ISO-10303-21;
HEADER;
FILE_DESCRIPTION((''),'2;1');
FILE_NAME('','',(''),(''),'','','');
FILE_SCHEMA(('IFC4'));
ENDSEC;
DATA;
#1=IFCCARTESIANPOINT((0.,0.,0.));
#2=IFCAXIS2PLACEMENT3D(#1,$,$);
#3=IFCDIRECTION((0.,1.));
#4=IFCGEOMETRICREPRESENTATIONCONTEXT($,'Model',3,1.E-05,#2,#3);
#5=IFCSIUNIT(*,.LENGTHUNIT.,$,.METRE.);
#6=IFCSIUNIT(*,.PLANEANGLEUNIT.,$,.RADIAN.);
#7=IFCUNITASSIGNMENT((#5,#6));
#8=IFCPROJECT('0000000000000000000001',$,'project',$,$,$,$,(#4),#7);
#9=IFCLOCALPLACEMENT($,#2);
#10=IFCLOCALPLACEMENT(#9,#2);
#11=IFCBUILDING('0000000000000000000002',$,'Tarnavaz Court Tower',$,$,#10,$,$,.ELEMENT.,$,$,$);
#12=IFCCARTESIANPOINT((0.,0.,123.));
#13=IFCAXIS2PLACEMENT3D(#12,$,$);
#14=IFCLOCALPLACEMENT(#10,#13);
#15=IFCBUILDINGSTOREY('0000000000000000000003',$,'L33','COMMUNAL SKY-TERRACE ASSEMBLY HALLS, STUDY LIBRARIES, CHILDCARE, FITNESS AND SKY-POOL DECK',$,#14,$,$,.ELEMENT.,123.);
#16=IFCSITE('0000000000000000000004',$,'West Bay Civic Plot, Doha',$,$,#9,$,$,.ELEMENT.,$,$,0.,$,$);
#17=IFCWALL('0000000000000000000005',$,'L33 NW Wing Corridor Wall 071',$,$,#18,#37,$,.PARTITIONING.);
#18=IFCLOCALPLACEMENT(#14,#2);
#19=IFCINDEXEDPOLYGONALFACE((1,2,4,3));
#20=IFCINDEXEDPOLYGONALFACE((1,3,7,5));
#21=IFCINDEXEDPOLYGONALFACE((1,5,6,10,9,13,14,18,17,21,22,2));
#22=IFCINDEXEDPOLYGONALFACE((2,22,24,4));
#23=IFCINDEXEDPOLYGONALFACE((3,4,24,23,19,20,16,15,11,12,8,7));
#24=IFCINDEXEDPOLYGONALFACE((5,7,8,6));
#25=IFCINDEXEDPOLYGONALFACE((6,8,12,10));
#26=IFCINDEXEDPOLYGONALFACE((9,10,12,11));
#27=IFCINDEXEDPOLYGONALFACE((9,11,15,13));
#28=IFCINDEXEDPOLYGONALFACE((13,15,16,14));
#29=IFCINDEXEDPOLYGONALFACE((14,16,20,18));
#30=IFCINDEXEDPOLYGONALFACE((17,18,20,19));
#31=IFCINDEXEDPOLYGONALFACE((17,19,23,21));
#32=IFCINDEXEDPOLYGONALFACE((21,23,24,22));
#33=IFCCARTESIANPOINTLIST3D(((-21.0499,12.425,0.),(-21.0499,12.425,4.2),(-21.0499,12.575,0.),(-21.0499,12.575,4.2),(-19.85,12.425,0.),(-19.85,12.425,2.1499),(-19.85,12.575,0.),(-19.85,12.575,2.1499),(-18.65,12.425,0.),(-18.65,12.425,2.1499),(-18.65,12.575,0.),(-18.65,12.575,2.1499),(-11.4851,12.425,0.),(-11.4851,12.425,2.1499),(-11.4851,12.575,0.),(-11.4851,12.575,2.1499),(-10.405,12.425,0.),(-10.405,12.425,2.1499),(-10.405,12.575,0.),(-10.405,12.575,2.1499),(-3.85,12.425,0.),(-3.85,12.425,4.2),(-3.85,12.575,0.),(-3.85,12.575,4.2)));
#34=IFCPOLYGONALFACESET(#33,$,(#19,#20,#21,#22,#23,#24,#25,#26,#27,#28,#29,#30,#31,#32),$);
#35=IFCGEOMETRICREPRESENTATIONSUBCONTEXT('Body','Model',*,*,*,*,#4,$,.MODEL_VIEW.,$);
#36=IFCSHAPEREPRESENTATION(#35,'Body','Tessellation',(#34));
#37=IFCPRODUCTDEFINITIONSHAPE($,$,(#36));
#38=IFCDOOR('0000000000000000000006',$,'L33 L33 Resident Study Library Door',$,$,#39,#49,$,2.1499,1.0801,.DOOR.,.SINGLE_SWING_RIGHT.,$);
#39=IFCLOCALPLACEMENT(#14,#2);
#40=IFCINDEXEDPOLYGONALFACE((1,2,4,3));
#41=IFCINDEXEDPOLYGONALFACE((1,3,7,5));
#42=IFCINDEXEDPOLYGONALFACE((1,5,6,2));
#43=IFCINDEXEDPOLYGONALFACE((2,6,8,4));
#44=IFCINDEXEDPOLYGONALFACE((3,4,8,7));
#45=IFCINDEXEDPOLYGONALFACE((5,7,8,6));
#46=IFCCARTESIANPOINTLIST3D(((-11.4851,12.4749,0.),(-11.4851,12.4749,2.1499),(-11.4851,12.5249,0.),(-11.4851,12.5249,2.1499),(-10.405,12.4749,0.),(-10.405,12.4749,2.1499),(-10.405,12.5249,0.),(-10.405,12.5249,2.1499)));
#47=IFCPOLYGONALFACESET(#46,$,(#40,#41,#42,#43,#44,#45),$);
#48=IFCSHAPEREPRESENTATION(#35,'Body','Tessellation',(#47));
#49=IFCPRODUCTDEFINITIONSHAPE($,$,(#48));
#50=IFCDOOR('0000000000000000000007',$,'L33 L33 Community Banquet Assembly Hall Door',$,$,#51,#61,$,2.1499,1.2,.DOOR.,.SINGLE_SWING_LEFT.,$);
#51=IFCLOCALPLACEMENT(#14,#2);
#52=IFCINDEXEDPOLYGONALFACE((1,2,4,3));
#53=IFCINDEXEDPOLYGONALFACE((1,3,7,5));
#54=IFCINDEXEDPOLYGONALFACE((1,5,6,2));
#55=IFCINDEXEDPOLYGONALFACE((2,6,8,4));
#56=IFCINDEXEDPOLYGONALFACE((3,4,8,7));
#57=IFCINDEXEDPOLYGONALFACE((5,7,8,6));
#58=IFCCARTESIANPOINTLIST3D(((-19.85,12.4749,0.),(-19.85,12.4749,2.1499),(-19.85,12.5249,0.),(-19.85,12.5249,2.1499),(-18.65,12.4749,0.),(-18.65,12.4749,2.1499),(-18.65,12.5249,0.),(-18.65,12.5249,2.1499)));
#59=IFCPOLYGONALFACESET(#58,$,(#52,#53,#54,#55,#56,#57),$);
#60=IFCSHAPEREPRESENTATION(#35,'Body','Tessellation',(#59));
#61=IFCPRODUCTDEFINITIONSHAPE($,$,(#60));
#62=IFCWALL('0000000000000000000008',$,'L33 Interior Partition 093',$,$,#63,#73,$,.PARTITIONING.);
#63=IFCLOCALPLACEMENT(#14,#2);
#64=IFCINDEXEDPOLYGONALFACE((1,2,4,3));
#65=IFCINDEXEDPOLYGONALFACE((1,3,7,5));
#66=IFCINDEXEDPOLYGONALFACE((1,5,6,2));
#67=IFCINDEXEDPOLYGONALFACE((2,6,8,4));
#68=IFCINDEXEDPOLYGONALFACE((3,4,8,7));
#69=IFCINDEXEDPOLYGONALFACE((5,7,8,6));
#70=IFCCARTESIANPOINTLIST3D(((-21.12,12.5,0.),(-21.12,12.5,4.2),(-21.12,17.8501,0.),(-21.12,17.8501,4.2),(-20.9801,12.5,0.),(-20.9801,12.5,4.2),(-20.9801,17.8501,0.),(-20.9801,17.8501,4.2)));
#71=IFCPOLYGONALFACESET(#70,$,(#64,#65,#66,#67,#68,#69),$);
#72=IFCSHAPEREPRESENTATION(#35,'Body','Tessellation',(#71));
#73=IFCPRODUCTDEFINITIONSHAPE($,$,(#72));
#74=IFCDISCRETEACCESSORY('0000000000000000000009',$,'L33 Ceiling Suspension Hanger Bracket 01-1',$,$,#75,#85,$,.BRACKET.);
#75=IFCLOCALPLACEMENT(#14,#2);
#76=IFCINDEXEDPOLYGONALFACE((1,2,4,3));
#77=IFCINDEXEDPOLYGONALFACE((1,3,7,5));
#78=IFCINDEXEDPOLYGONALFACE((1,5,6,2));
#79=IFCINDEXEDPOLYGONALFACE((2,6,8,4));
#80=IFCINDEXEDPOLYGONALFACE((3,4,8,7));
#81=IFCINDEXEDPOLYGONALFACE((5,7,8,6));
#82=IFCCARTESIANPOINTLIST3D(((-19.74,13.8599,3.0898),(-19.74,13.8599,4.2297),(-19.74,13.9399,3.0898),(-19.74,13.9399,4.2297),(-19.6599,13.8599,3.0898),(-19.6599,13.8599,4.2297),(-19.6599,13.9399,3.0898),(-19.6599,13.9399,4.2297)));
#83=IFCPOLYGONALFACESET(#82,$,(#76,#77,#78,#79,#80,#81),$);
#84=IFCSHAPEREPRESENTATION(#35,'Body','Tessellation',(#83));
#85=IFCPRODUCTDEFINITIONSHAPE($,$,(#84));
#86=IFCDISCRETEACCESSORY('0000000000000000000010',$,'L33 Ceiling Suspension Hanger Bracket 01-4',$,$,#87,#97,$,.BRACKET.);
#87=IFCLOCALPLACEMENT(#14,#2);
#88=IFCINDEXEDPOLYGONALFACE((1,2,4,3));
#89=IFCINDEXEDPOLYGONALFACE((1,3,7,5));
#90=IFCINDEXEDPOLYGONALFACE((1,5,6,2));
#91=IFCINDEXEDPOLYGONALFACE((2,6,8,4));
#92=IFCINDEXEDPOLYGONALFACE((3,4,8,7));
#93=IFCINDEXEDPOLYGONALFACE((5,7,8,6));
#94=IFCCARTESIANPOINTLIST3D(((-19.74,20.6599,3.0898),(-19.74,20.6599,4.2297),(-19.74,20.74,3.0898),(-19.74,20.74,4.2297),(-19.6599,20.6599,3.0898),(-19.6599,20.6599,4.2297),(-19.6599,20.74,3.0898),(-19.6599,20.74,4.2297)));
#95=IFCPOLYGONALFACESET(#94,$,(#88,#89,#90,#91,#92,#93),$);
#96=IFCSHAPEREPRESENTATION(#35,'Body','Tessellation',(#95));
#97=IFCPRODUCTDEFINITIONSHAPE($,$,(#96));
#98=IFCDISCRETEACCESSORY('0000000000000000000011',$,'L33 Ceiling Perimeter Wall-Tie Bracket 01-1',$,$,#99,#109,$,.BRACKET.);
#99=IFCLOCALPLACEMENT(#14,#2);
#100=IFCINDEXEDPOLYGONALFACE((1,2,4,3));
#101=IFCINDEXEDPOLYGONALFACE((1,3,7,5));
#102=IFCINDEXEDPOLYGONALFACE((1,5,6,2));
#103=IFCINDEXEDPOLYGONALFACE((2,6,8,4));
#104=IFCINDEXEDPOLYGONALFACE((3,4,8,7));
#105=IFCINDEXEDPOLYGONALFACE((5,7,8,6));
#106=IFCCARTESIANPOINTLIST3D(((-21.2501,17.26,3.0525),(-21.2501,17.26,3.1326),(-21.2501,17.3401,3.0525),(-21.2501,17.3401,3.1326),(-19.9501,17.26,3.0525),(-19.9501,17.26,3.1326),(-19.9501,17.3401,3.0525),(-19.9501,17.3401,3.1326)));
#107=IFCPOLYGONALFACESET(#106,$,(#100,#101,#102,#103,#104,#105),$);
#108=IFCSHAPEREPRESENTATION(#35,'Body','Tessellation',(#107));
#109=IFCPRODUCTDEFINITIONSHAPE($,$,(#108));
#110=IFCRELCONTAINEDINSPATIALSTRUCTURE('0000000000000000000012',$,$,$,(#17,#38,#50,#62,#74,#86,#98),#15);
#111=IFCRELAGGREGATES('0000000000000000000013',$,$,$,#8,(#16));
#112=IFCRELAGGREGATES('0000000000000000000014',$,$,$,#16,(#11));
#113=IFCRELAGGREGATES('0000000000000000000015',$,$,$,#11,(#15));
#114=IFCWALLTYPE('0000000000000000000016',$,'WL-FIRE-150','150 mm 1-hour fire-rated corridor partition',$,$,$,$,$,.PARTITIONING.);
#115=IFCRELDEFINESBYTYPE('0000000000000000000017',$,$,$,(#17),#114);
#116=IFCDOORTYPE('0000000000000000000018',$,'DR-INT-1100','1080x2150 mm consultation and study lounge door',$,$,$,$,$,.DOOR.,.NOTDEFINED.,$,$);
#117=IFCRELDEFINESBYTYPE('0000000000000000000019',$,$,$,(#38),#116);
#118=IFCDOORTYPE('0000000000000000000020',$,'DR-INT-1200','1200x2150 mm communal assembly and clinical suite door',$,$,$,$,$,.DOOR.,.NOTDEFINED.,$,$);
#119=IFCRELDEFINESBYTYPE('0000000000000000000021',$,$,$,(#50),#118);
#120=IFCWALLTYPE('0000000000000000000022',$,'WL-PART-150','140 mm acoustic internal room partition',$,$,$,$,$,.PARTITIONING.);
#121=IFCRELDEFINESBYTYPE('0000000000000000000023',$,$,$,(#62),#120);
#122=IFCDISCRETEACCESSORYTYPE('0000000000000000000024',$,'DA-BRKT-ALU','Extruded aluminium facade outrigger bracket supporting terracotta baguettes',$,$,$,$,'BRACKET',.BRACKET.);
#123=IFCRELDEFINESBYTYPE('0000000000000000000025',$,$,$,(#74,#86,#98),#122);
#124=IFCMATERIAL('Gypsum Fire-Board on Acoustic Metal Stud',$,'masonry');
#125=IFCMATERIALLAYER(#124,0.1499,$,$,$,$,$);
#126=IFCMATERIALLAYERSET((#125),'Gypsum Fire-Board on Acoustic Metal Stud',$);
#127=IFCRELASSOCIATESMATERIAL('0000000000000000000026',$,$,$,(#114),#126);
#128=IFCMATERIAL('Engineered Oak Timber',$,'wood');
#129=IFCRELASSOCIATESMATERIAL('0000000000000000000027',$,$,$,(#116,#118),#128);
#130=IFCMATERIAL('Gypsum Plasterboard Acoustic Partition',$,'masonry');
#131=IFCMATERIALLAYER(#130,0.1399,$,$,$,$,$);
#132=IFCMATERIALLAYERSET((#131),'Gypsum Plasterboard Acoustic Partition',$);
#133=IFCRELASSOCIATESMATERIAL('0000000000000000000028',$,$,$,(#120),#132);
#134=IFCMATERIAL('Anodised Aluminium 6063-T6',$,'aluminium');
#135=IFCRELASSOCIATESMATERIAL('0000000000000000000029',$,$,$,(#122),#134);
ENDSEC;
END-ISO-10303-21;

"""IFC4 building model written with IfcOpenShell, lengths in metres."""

from ifc_helpers import new_model, si_unit, direction, frame, frame_2d, origin, origin_2d, place, context, subcontext, project, spatial, rectangle, extrude, material, layer, layer_set, type_object, element, fill, save


model = new_model("IFC4")

# Units and contexts
model_context = context("Model", 3, precision=1e-05, world=origin(), true_north=direction((0.0, 1.0)))
body_context = subcontext(model_context, "Body", "Model", "MODEL_VIEW")
ifc_project = project(units=[si_unit("LENGTHUNIT", "METRE"), si_unit("PLANEANGLEUNIT", "RADIAN")], contexts=[model_context])

# Site, building, storey
site_placement = place(None, origin())
site = spatial("IfcSite", under=ifc_project, at=site_placement, Name="West Bay Civic Plot, Doha", CompositionType="ELEMENT", RefElevation=0.0)
building_placement = place(site_placement, origin())
building = spatial("IfcBuilding", under=site, at=building_placement, Name="Tarnavaz Court Tower", CompositionType="ELEMENT")
storey_placement = place(building_placement, frame((0.0, 0.0, 123.0)))
storey = spatial("IfcBuildingStorey", under=building, at=storey_placement, Name="L33", Description="COMMUNAL SKY-TERRACE ASSEMBLY HALLS, STUDY LIBRARIES, CHILDCARE, FITNESS AND SKY-POOL DECK", CompositionType="ELEMENT", Elevation=123.0)

# Wall, openings, doors
ifc_material_1 = material(Name="Gypsum Fire-Board on Acoustic Metal Stud", Category="masonry")
ifc_layer_1 = layer(ifc_material_1, 0.1499)
ifc_layer_set_1 = layer_set([ifc_layer_1], Name="Gypsum Fire-Board on Acoustic Metal Stud")
wall_type_1 = type_object("IfcWallType", Name="WL-FIRE-150", Description="150 mm 1-hour fire-rated corridor partition", PredefinedType="PARTITIONING", material=ifc_layer_set_1)
wall_1_placement = place(storey_placement, frame((-21.05, 12.5, 0.0), z_axis=(0.0, 0.0, 1.0), x_axis=(1.0, 0.0, 0.0)))
wall_1 = element("IfcWall", 1, at=wall_1_placement, inside=storey, type_object=wall_type_1, Name="L33 NW Wing Corridor Wall 071", PredefinedType="PARTITIONING", context=body_context, shape_type="SweptSolid", body=[
    extrude(rectangle(XDim=17.2, YDim=0.1499, at=frame_2d((8.6001, 0.0))), origin(), (0.0, 0.0, 1.0), 4.2),
])
opening_1_placement = place(wall_1_placement, frame((1.2, 0.0, 0.0)))
opening_1 = element("IfcOpeningElement", 2, at=opening_1_placement, cuts=wall_1, PredefinedType="OPENING", context=body_context, shape_type="SweptSolid", body=[
    extrude(rectangle(XDim=1.2, YDim=2.1499, at=frame_2d((0.6001, 1.075))), frame((0.0, 0.085, 0.0), z_axis=(0.0, -1.0, 0.0), x_axis=(1.0, 0.0, 0.0)), (0.0, 0.0, 1.0), 0.1699),
])
opening_2_placement = place(wall_1_placement, frame((9.5649, 0.0, 0.0)))
opening_2 = element("IfcOpeningElement", 3, at=opening_2_placement, cuts=wall_1, PredefinedType="OPENING", context=body_context, shape_type="SweptSolid", body=[
    extrude(rectangle(XDim=1.0801, YDim=2.1499, at=frame_2d((0.54, 1.075))), frame((0.0, 0.085, 0.0), z_axis=(0.0, -1.0, 0.0), x_axis=(1.0, 0.0, 0.0)), (0.0, 0.0, 1.0), 0.1699),
])
ifc_material_2 = material(Name="Engineered Oak Timber", Category="wood")
door_type_1 = type_object("IfcDoorType", Name="DR-INT-1100", Description="1080x2150 mm consultation and study lounge door", OperationType="NOTDEFINED", PredefinedType="DOOR", material=ifc_material_2)
door_1_placement = place(opening_2_placement, origin())
door_1 = element("IfcDoor", 4, at=door_1_placement, inside=storey, type_object=door_type_1, Name="L33 L33 Resident Study Library Door", OperationType="SINGLE_SWING_RIGHT", OverallHeight=2.1499, OverallWidth=1.0801, PredefinedType="DOOR", context=body_context, shape_type="SweptSolid", body=[
    extrude(rectangle(XDim=1.0801, YDim=2.1499, at=frame_2d((0.54, 1.075))), frame((0.0, 0.0249, 0.0), z_axis=(0.0, -1.0, 0.0), x_axis=(1.0, 0.0, 0.0)), (0.0, 0.0, 1.0), 0.05),
])
fill(opening_2, door_1)
door_type_2 = type_object("IfcDoorType", Name="DR-INT-1200", Description="1200x2150 mm communal assembly and clinical suite door", OperationType="NOTDEFINED", PredefinedType="DOOR", material=ifc_material_2)
door_2_placement = place(opening_1_placement, origin())
door_2 = element("IfcDoor", 5, at=door_2_placement, inside=storey, type_object=door_type_2, Name="L33 L33 Community Banquet Assembly Hall Door", OperationType="SINGLE_SWING_LEFT", OverallHeight=2.1499, OverallWidth=1.2, PredefinedType="DOOR", context=body_context, shape_type="SweptSolid", body=[
    extrude(rectangle(XDim=1.2, YDim=2.1499, at=frame_2d((0.6001, 1.075))), frame((0.0, 0.0249, 0.0), z_axis=(0.0, -1.0, 0.0), x_axis=(1.0, 0.0, 0.0)), (0.0, 0.0, 1.0), 0.05),
])
fill(opening_1, door_2)

# Wall
ifc_material_3 = material(Name="Gypsum Plasterboard Acoustic Partition", Category="masonry")
ifc_layer_2 = layer(ifc_material_3, 0.1399)
ifc_layer_set_2 = layer_set([ifc_layer_2], Name="Gypsum Plasterboard Acoustic Partition")
wall_type_2 = type_object("IfcWallType", Name="WL-PART-150", Description="140 mm acoustic internal room partition", PredefinedType="PARTITIONING", material=ifc_layer_set_2)
wall_2_placement = place(storey_placement, frame((-21.05, 12.5, 0.0), z_axis=(0.0, 0.0, 1.0), x_axis=(0.0, 1.0, 0.0)))
element("IfcWall", 6, at=wall_2_placement, inside=storey, type_object=wall_type_2, Name="L33 Interior Partition 093", PredefinedType="PARTITIONING", context=body_context, shape_type="SweptSolid", body=[
    extrude(rectangle(XDim=5.3501, YDim=0.1399, at=frame_2d((2.675, 0.0))), origin(), (0.0, 0.0, 1.0), 4.2),
])

# Discrete accessories
ifc_material_4 = material(Name="Anodised Aluminium 6063-T6", Category="aluminium")
discrete_accessory_type = type_object("IfcDiscreteAccessoryType", Name="DA-BRKT-ALU", Description="Extruded aluminium facade outrigger bracket supporting terracotta baguettes", ElementType="BRACKET", PredefinedType="BRACKET", material=ifc_material_4)
for number, where, z_axis, x_axis, name in (
    (7, (-19.7, 13.8999, 3.0898), (0.0, 0.0, 1.0), (1.0, 0.0, 0.0), "L33 Ceiling Suspension Hanger Bracket 01-1"),
    (8, (-19.7, 20.7, 3.0898), (0.0, 0.0, 1.0), (1.0, 0.0, 0.0), "L33 Ceiling Suspension Hanger Bracket 01-4"),
):
    element("IfcDiscreteAccessory", number, at=place(storey_placement, frame(where, z_axis=z_axis, x_axis=x_axis)), inside=storey, type_object=discrete_accessory_type, Name=name, PredefinedType="BRACKET", context=body_context, shape_type="SweptSolid", body=[
        extrude(rectangle(XDim=0.0801, YDim=0.0801, at=origin_2d()), origin(), (0.0, 0.0, 1.0), 1.1399),
    ])
discrete_accessory_placement = place(storey_placement, frame((-20.6001, 17.3, 3.0525), z_axis=(0.0, 0.0, 1.0), x_axis=(1.0, 0.0, 0.0)))
element("IfcDiscreteAccessory", 9, at=discrete_accessory_placement, inside=storey, type_object=discrete_accessory_type, Name="L33 Ceiling Perimeter Wall-Tie Bracket 01-1", PredefinedType="BRACKET", context=body_context, shape_type="SweptSolid", body=[
    extrude(rectangle(XDim=1.3, YDim=0.0801, at=origin_2d()), origin(), (0.0, 0.0, 1.0), 0.0801),
])

save(model, "model.ifc")
